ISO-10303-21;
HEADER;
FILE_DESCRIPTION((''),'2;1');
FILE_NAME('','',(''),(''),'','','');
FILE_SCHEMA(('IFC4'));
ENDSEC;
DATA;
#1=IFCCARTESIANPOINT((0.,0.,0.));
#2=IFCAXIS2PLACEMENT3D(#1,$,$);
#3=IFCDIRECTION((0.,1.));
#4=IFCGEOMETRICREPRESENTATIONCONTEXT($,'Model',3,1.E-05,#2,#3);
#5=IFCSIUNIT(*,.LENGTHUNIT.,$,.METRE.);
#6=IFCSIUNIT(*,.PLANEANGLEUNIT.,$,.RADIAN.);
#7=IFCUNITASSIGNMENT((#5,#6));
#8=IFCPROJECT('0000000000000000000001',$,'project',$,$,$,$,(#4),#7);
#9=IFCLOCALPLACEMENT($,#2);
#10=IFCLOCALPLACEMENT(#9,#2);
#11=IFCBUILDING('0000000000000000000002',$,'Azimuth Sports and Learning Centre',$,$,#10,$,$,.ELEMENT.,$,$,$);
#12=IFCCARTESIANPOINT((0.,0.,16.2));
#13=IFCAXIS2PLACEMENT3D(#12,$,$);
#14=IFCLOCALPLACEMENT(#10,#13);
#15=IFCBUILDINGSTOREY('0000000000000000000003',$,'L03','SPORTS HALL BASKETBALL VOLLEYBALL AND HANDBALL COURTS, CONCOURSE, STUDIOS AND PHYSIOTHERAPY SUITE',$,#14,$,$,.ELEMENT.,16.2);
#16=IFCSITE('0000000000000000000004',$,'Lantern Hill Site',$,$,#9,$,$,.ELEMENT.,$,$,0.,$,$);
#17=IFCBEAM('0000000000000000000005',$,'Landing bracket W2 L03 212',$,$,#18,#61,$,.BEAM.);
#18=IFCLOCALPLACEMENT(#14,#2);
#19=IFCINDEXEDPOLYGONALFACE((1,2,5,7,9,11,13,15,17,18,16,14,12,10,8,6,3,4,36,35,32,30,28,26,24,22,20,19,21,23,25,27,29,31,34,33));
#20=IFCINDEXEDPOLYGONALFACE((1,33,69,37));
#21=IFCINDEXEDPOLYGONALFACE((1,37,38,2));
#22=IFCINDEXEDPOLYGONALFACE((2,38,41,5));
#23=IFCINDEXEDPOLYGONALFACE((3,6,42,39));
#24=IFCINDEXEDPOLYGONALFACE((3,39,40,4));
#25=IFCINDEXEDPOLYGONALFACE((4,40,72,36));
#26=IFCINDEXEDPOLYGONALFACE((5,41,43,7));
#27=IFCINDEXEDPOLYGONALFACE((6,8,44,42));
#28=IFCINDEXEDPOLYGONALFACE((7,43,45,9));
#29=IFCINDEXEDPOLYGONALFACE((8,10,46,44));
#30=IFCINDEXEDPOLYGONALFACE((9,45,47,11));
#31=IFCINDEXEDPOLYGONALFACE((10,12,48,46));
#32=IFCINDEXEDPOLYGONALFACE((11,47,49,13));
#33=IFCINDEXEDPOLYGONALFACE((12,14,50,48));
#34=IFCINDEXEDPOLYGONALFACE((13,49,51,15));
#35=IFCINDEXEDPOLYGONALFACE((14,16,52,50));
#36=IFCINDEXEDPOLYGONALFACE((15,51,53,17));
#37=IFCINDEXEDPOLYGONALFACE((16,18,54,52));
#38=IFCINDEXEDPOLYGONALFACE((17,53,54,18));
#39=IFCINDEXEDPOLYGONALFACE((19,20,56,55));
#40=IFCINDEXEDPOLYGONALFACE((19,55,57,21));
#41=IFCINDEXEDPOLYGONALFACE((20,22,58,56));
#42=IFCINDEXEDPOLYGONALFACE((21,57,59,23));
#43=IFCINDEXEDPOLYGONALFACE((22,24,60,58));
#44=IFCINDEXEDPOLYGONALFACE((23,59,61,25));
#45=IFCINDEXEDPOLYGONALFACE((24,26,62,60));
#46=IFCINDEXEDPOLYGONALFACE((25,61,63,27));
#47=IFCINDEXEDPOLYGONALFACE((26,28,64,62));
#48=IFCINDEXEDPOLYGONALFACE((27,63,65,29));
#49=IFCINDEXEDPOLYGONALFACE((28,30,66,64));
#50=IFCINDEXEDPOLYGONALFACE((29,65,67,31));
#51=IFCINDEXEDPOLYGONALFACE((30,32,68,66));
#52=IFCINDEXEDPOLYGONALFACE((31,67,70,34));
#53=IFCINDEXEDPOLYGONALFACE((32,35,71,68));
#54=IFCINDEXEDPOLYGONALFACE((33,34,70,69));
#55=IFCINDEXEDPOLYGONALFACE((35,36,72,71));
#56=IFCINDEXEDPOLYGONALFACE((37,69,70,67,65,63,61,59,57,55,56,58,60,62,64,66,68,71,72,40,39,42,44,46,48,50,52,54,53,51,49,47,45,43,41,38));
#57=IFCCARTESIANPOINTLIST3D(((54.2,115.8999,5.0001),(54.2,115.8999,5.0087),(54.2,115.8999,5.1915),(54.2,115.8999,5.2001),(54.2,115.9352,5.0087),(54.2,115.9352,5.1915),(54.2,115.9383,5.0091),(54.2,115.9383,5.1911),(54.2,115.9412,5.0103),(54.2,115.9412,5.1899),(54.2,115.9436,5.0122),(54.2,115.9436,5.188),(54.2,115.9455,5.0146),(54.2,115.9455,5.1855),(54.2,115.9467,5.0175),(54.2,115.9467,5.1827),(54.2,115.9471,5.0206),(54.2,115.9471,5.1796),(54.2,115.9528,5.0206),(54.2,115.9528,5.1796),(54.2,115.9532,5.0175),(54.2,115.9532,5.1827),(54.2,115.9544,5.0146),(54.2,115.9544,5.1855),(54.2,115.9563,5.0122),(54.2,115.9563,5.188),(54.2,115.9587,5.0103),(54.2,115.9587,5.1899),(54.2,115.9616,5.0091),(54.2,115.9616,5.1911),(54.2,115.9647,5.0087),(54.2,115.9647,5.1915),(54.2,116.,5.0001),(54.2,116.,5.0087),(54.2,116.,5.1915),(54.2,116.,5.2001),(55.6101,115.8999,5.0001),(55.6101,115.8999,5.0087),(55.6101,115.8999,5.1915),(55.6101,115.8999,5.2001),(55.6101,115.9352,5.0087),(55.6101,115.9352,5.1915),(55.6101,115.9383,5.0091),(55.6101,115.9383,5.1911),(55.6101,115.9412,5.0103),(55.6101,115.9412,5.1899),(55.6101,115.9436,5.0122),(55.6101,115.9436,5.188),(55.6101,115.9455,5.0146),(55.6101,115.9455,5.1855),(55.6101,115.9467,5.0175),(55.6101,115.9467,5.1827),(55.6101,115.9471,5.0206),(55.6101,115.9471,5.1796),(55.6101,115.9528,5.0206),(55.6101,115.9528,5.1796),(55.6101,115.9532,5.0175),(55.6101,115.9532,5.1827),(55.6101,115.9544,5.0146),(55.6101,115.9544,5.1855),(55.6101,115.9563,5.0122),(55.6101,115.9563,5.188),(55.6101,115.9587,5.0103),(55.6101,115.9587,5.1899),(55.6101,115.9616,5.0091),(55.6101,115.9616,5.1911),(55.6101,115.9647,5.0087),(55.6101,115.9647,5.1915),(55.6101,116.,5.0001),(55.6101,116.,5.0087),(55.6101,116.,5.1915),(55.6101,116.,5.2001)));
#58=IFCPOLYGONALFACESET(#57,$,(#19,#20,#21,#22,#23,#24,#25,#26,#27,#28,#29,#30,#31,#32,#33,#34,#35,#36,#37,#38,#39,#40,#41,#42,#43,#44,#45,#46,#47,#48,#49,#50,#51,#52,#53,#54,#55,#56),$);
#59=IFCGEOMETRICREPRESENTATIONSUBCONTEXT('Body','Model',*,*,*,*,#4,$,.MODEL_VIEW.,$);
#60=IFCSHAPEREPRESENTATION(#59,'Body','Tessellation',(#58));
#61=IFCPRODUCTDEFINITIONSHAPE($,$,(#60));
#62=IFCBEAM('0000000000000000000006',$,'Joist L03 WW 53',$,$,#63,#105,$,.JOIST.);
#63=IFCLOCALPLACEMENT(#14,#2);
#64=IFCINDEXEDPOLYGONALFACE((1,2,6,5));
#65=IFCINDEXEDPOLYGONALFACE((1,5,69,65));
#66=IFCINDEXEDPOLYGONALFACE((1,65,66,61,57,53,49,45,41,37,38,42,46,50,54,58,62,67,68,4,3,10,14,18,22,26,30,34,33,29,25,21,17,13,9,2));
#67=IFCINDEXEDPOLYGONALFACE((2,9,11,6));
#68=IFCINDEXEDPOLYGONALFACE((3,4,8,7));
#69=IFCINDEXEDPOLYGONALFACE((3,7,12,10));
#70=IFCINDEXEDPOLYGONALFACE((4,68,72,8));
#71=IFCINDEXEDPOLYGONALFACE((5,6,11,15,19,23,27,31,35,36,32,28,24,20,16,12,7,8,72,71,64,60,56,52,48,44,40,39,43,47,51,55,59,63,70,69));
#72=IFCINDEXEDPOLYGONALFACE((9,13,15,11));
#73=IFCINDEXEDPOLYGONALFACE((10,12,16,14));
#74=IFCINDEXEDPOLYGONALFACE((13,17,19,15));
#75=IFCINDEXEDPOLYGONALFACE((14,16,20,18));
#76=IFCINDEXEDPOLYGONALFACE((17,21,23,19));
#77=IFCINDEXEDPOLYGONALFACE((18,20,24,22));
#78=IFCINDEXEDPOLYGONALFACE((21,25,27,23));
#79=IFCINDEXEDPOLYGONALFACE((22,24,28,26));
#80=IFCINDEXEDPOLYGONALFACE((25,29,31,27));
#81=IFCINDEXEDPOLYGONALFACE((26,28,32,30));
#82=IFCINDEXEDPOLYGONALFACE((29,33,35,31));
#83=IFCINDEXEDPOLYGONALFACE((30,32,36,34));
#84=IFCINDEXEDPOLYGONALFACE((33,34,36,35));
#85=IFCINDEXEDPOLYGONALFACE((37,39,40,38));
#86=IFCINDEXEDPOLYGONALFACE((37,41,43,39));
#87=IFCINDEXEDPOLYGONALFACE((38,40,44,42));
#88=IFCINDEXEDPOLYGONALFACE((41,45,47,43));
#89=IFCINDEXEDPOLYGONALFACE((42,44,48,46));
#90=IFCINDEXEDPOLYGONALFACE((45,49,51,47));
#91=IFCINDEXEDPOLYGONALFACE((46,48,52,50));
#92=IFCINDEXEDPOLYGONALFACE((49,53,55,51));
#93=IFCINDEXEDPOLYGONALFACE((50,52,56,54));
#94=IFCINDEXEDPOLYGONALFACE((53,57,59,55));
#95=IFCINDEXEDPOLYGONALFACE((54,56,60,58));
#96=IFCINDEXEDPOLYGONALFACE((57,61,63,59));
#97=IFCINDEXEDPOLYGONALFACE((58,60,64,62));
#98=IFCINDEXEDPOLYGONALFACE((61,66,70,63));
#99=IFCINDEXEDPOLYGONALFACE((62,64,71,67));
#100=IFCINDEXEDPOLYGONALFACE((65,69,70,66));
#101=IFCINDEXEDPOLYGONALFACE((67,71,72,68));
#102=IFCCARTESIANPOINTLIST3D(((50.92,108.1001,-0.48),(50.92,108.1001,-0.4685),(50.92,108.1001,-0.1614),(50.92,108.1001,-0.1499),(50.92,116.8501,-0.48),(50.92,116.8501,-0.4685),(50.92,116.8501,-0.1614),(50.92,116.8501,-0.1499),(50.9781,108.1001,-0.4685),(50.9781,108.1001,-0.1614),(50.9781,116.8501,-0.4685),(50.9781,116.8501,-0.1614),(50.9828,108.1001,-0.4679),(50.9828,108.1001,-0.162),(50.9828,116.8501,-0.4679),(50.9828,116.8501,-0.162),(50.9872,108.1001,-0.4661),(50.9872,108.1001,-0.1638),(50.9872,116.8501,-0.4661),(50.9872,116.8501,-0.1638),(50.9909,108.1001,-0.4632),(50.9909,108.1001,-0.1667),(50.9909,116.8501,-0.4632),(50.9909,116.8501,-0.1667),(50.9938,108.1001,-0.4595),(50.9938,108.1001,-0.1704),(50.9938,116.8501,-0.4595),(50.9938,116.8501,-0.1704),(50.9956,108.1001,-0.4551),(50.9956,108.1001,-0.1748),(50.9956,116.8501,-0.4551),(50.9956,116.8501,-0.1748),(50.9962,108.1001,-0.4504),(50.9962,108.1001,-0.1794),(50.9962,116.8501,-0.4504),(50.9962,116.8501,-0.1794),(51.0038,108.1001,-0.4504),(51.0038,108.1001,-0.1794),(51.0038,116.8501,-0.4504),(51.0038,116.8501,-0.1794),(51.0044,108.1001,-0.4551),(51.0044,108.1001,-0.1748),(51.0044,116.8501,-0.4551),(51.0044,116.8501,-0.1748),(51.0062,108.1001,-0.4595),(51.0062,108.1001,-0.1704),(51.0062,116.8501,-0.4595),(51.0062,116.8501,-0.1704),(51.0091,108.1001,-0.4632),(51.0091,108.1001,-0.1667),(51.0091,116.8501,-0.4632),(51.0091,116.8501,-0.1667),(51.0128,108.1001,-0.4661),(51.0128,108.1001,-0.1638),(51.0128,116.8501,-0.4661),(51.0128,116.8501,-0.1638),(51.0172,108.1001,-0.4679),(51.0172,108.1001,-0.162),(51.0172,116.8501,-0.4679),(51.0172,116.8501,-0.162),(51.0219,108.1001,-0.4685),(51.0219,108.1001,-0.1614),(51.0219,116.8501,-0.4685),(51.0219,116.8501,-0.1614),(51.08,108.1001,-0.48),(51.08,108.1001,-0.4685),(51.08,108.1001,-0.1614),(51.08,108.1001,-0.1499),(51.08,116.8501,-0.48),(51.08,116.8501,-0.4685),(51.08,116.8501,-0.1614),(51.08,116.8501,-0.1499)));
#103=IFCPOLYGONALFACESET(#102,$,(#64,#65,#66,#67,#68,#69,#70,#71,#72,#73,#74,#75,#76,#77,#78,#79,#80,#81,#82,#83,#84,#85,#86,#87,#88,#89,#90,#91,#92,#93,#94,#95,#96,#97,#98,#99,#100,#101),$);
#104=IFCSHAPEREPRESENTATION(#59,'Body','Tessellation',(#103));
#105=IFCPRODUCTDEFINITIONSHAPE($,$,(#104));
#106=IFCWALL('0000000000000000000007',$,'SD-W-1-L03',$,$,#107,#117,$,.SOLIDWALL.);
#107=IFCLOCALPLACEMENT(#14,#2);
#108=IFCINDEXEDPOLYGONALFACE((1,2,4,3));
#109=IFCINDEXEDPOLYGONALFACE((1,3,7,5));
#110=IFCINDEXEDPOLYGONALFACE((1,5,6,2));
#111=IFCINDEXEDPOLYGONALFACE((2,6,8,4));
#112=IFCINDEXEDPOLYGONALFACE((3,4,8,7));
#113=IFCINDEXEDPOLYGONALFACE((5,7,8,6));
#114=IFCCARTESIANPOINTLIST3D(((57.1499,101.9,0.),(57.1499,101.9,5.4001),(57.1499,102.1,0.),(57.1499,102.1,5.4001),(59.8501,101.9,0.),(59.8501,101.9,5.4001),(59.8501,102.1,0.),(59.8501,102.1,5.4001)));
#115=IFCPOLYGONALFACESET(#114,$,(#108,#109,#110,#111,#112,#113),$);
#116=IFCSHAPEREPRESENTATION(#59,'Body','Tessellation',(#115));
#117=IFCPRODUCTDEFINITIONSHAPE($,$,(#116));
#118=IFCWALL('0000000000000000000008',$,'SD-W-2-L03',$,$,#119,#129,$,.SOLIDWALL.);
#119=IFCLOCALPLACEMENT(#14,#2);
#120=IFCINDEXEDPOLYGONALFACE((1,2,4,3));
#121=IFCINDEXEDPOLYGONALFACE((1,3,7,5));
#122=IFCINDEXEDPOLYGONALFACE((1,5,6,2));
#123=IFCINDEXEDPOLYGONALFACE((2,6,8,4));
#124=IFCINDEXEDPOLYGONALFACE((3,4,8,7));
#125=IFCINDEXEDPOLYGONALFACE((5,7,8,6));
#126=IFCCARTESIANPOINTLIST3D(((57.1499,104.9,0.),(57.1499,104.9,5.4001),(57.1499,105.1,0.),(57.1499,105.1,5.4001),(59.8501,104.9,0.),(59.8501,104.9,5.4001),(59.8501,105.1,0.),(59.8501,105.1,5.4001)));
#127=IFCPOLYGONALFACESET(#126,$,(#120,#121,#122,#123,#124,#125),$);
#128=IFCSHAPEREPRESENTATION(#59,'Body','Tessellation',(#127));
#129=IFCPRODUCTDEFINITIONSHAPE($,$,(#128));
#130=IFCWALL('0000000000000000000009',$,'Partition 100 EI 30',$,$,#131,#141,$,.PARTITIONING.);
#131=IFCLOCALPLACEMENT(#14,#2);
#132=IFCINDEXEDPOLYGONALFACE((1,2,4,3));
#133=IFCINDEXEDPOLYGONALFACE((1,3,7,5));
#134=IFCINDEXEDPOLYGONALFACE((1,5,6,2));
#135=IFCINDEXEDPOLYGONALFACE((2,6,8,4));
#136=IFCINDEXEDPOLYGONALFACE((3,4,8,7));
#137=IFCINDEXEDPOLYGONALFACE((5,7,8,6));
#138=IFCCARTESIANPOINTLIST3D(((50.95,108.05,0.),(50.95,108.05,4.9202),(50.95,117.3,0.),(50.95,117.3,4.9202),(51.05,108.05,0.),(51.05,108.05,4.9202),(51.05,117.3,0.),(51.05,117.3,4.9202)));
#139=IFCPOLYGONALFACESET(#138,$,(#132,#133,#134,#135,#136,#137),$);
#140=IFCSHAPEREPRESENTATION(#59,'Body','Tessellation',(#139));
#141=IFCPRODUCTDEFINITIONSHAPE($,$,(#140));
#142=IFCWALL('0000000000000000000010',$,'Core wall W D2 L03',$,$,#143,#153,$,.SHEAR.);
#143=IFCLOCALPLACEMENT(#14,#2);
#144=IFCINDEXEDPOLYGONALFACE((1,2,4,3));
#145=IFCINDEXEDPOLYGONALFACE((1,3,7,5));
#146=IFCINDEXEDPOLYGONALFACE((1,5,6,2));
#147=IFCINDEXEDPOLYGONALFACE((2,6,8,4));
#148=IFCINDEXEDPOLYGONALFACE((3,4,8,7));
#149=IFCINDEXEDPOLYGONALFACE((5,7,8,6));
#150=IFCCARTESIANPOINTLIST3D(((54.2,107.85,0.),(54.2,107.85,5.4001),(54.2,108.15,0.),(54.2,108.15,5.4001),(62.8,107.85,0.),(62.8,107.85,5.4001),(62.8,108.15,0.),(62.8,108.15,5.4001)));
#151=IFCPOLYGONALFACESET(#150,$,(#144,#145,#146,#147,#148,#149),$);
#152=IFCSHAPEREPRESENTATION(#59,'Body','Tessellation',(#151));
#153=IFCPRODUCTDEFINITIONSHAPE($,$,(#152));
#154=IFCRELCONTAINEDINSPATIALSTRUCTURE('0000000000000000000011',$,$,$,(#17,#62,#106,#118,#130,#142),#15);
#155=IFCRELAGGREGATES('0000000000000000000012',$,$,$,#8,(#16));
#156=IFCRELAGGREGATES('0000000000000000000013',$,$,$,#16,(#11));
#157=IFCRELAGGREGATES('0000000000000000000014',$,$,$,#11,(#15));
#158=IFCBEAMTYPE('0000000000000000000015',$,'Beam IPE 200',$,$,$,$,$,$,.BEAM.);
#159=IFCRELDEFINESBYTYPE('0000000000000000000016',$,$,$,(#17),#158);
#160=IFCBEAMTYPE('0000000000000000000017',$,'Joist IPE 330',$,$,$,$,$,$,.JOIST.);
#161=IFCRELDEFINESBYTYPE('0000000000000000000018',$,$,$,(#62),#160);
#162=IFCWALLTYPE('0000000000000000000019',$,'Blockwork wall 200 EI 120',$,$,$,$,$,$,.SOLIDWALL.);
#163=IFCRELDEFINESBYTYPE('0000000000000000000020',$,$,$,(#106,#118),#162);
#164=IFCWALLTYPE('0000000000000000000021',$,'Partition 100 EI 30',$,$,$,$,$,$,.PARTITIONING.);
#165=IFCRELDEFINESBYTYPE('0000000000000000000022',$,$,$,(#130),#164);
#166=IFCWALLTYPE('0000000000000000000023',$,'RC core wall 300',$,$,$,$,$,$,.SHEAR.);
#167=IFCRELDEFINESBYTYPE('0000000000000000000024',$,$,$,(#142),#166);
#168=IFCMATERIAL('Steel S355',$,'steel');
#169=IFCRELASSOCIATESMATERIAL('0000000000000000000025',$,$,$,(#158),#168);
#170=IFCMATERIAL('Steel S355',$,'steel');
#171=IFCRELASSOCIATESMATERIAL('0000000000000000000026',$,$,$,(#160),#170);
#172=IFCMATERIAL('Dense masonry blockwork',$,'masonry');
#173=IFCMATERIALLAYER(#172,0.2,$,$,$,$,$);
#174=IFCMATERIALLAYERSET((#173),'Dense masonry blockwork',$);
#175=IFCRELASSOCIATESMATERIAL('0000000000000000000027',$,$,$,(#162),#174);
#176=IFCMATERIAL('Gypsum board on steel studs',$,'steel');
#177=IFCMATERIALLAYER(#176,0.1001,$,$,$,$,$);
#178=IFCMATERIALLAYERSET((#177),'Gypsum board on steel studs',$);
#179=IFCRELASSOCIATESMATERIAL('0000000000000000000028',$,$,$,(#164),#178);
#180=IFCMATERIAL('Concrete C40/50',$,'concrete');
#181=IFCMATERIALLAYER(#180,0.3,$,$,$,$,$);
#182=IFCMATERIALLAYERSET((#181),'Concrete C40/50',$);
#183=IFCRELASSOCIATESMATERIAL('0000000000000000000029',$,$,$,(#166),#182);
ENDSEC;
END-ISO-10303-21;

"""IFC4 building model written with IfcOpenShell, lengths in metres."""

from ifc_helpers import new_model, si_unit, direction, frame, frame_2d, origin, origin_2d, place, context, subcontext, project, spatial, rectangle, i_section, extrude, material, layer, layer_set, material_profile, profile_set, type_object, element, save


model = new_model("IFC4")

# Units and contexts
model_context = context("Model", 3, precision=1e-05, world=origin(), true_north=direction((0.0, 1.0)))
body_context = subcontext(model_context, "Body", "Model", "MODEL_VIEW")
ifc_project = project(units=[si_unit("LENGTHUNIT", "METRE"), si_unit("PLANEANGLEUNIT", "RADIAN")], contexts=[model_context])

# Site, building, storey
site_placement = place(None, origin())
site = spatial("IfcSite", under=ifc_project, at=site_placement, Name="Lantern Hill Site", CompositionType="ELEMENT", RefElevation=0.0)
building_placement = place(site_placement, origin())
building = spatial("IfcBuilding", under=site, at=building_placement, Name="Azimuth Sports and Learning Centre", CompositionType="ELEMENT")
storey_placement = place(building_placement, frame((0.0, 0.0, 16.2)))
storey = spatial("IfcBuildingStorey", under=building, at=storey_placement, Name="L03", Description="SPORTS HALL BASKETBALL VOLLEYBALL AND HANDBALL COURTS, CONCOURSE, STUDIOS AND PHYSIOTHERAPY SUITE", CompositionType="ELEMENT", Elevation=16.2)

# Beams
ifc_material_1 = material(Name="Steel S355", Category="steel")
ifc_material_profile_1 = material_profile(ifc_material_1, i_section(OverallWidth=0.1001, OverallDepth=0.2, WebThickness=0.0056, FlangeThickness=0.0085, FilletRadius=0.012, at=origin_2d()), Name="IPE 200")
ifc_profile_set_1 = profile_set([ifc_material_profile_1], Name="Steel S355")
beam_type_1 = type_object("IfcBeamType", Name="Beam IPE 200", PredefinedType="BEAM", material=ifc_profile_set_1)
for number, where, z_axis, x_axis, name in (
    (1, (54.2, 115.95, 5.1001), (1.0, 0.0, 0.0), (0.0, 1.0, 0.0), "Landing bracket W2 L03 212"),
):
    element("IfcBeam", number, at=place(storey_placement, frame(where, z_axis=z_axis, x_axis=x_axis)), inside=storey, type_object=beam_type_1, Name=name, PredefinedType="BEAM", context=body_context, shape_type="SweptSolid", body=[
        extrude(i_section(OverallWidth=0.1001, OverallDepth=0.2, WebThickness=0.0056, FlangeThickness=0.0085, FilletRadius=0.012, at=origin_2d()), origin(), (0.0, 0.0, 1.0), 1.4102),
    ])
ifc_material_2 = material(Name="Steel S355", Category="steel")
ifc_material_profile_2 = material_profile(ifc_material_2, i_section(OverallWidth=0.1599, OverallDepth=0.3301, WebThickness=0.0076, FlangeThickness=0.0115, FilletRadius=0.0181, at=origin_2d()), Name="IPE 330")
ifc_profile_set_2 = profile_set([ifc_material_profile_2], Name="Steel S355")
beam_type_2 = type_object("IfcBeamType", Name="Joist IPE 330", PredefinedType="JOIST", material=ifc_profile_set_2)
beam_placement = place(storey_placement, frame((51.0, 108.1001, -0.3149), z_axis=(0.0, 1.0, 0.0), x_axis=(-1.0, 0.0, 0.0)))
element("IfcBeam", 2, at=beam_placement, inside=storey, type_object=beam_type_2, Name="Joist L03 WW 53", PredefinedType="JOIST", context=body_context, shape_type="SweptSolid", body=[
    extrude(i_section(OverallWidth=0.1599, OverallDepth=0.3301, WebThickness=0.0076, FlangeThickness=0.0115, FilletRadius=0.0181, at=origin_2d()), origin(), (0.0, 0.0, 1.0), 8.75),
])

# Walls
ifc_material_3 = material(Name="Dense masonry blockwork", Category="masonry")
ifc_layer_1 = layer(ifc_material_3, 0.2)
ifc_layer_set_1 = layer_set([ifc_layer_1], Name="Dense masonry blockwork")
wall_type_1 = type_object("IfcWallType", Name="Blockwork wall 200 EI 120", PredefinedType="SOLIDWALL", material=ifc_layer_set_1)
for number, where, z_axis, x_axis, name in (
    (3, (57.1499, 102.0, 0.0), (0.0, 0.0, 1.0), (1.0, 0.0, 0.0), "SD-W-1-L03"),
    (4, (57.1499, 105.0, 0.0), (0.0, 0.0, 1.0), (1.0, 0.0, 0.0), "SD-W-2-L03"),
):
    element("IfcWall", number, at=place(storey_placement, frame(where, z_axis=z_axis, x_axis=x_axis)), inside=storey, type_object=wall_type_1, Name=name, PredefinedType="SOLIDWALL", context=body_context, shape_type="SweptSolid", body=[
        extrude(rectangle(XDim=2.7002, YDim=0.2, at=frame_2d((1.3501, 0.0))), origin(), (0.0, 0.0, 1.0), 5.4001),
    ])
ifc_material_4 = material(Name="Gypsum board on steel studs", Category="steel")
ifc_layer_2 = layer(ifc_material_4, 0.1001)
ifc_layer_set_2 = layer_set([ifc_layer_2], Name="Gypsum board on steel studs")
wall_type_2 = type_object("IfcWallType", Name="Partition 100 EI 30", PredefinedType="PARTITIONING", material=ifc_layer_set_2)
wall_1_placement = place(storey_placement, frame((51.0, 108.05, 0.0), z_axis=(0.0, 0.0, 1.0), x_axis=(0.0, 1.0, 0.0)))
element("IfcWall", 5, at=wall_1_placement, inside=storey, type_object=wall_type_2, Name="Partition 100 EI 30", PredefinedType="PARTITIONING", context=body_context, shape_type="SweptSolid", body=[
    extrude(rectangle(XDim=9.25, YDim=0.1001, at=frame_2d((4.625, 0.0))), origin(), (0.0, 0.0, 1.0), 4.9202),
])
ifc_material_5 = material(Name="Concrete C40/50", Category="concrete")
ifc_layer_3 = layer(ifc_material_5, 0.3)
ifc_layer_set_3 = layer_set([ifc_layer_3], Name="Concrete C40/50")
wall_type_3 = type_object("IfcWallType", Name="RC core wall 300", PredefinedType="SHEAR", material=ifc_layer_set_3)
wall_2_placement = place(storey_placement, frame((54.2, 108.0, 0.0), z_axis=(0.0, 0.0, 1.0), x_axis=(1.0, 0.0, 0.0)))
element("IfcWall", 6, at=wall_2_placement, inside=storey, type_object=wall_type_3, Name="Core wall W D2 L03", PredefinedType="SHEAR", context=body_context, shape_type="SweptSolid", body=[
    extrude(rectangle(XDim=8.6001, YDim=0.3, at=frame_2d((4.3, 0.0))), origin(), (0.0, 0.0, 1.0), 5.4001),
])

save(model, "model.ifc")
